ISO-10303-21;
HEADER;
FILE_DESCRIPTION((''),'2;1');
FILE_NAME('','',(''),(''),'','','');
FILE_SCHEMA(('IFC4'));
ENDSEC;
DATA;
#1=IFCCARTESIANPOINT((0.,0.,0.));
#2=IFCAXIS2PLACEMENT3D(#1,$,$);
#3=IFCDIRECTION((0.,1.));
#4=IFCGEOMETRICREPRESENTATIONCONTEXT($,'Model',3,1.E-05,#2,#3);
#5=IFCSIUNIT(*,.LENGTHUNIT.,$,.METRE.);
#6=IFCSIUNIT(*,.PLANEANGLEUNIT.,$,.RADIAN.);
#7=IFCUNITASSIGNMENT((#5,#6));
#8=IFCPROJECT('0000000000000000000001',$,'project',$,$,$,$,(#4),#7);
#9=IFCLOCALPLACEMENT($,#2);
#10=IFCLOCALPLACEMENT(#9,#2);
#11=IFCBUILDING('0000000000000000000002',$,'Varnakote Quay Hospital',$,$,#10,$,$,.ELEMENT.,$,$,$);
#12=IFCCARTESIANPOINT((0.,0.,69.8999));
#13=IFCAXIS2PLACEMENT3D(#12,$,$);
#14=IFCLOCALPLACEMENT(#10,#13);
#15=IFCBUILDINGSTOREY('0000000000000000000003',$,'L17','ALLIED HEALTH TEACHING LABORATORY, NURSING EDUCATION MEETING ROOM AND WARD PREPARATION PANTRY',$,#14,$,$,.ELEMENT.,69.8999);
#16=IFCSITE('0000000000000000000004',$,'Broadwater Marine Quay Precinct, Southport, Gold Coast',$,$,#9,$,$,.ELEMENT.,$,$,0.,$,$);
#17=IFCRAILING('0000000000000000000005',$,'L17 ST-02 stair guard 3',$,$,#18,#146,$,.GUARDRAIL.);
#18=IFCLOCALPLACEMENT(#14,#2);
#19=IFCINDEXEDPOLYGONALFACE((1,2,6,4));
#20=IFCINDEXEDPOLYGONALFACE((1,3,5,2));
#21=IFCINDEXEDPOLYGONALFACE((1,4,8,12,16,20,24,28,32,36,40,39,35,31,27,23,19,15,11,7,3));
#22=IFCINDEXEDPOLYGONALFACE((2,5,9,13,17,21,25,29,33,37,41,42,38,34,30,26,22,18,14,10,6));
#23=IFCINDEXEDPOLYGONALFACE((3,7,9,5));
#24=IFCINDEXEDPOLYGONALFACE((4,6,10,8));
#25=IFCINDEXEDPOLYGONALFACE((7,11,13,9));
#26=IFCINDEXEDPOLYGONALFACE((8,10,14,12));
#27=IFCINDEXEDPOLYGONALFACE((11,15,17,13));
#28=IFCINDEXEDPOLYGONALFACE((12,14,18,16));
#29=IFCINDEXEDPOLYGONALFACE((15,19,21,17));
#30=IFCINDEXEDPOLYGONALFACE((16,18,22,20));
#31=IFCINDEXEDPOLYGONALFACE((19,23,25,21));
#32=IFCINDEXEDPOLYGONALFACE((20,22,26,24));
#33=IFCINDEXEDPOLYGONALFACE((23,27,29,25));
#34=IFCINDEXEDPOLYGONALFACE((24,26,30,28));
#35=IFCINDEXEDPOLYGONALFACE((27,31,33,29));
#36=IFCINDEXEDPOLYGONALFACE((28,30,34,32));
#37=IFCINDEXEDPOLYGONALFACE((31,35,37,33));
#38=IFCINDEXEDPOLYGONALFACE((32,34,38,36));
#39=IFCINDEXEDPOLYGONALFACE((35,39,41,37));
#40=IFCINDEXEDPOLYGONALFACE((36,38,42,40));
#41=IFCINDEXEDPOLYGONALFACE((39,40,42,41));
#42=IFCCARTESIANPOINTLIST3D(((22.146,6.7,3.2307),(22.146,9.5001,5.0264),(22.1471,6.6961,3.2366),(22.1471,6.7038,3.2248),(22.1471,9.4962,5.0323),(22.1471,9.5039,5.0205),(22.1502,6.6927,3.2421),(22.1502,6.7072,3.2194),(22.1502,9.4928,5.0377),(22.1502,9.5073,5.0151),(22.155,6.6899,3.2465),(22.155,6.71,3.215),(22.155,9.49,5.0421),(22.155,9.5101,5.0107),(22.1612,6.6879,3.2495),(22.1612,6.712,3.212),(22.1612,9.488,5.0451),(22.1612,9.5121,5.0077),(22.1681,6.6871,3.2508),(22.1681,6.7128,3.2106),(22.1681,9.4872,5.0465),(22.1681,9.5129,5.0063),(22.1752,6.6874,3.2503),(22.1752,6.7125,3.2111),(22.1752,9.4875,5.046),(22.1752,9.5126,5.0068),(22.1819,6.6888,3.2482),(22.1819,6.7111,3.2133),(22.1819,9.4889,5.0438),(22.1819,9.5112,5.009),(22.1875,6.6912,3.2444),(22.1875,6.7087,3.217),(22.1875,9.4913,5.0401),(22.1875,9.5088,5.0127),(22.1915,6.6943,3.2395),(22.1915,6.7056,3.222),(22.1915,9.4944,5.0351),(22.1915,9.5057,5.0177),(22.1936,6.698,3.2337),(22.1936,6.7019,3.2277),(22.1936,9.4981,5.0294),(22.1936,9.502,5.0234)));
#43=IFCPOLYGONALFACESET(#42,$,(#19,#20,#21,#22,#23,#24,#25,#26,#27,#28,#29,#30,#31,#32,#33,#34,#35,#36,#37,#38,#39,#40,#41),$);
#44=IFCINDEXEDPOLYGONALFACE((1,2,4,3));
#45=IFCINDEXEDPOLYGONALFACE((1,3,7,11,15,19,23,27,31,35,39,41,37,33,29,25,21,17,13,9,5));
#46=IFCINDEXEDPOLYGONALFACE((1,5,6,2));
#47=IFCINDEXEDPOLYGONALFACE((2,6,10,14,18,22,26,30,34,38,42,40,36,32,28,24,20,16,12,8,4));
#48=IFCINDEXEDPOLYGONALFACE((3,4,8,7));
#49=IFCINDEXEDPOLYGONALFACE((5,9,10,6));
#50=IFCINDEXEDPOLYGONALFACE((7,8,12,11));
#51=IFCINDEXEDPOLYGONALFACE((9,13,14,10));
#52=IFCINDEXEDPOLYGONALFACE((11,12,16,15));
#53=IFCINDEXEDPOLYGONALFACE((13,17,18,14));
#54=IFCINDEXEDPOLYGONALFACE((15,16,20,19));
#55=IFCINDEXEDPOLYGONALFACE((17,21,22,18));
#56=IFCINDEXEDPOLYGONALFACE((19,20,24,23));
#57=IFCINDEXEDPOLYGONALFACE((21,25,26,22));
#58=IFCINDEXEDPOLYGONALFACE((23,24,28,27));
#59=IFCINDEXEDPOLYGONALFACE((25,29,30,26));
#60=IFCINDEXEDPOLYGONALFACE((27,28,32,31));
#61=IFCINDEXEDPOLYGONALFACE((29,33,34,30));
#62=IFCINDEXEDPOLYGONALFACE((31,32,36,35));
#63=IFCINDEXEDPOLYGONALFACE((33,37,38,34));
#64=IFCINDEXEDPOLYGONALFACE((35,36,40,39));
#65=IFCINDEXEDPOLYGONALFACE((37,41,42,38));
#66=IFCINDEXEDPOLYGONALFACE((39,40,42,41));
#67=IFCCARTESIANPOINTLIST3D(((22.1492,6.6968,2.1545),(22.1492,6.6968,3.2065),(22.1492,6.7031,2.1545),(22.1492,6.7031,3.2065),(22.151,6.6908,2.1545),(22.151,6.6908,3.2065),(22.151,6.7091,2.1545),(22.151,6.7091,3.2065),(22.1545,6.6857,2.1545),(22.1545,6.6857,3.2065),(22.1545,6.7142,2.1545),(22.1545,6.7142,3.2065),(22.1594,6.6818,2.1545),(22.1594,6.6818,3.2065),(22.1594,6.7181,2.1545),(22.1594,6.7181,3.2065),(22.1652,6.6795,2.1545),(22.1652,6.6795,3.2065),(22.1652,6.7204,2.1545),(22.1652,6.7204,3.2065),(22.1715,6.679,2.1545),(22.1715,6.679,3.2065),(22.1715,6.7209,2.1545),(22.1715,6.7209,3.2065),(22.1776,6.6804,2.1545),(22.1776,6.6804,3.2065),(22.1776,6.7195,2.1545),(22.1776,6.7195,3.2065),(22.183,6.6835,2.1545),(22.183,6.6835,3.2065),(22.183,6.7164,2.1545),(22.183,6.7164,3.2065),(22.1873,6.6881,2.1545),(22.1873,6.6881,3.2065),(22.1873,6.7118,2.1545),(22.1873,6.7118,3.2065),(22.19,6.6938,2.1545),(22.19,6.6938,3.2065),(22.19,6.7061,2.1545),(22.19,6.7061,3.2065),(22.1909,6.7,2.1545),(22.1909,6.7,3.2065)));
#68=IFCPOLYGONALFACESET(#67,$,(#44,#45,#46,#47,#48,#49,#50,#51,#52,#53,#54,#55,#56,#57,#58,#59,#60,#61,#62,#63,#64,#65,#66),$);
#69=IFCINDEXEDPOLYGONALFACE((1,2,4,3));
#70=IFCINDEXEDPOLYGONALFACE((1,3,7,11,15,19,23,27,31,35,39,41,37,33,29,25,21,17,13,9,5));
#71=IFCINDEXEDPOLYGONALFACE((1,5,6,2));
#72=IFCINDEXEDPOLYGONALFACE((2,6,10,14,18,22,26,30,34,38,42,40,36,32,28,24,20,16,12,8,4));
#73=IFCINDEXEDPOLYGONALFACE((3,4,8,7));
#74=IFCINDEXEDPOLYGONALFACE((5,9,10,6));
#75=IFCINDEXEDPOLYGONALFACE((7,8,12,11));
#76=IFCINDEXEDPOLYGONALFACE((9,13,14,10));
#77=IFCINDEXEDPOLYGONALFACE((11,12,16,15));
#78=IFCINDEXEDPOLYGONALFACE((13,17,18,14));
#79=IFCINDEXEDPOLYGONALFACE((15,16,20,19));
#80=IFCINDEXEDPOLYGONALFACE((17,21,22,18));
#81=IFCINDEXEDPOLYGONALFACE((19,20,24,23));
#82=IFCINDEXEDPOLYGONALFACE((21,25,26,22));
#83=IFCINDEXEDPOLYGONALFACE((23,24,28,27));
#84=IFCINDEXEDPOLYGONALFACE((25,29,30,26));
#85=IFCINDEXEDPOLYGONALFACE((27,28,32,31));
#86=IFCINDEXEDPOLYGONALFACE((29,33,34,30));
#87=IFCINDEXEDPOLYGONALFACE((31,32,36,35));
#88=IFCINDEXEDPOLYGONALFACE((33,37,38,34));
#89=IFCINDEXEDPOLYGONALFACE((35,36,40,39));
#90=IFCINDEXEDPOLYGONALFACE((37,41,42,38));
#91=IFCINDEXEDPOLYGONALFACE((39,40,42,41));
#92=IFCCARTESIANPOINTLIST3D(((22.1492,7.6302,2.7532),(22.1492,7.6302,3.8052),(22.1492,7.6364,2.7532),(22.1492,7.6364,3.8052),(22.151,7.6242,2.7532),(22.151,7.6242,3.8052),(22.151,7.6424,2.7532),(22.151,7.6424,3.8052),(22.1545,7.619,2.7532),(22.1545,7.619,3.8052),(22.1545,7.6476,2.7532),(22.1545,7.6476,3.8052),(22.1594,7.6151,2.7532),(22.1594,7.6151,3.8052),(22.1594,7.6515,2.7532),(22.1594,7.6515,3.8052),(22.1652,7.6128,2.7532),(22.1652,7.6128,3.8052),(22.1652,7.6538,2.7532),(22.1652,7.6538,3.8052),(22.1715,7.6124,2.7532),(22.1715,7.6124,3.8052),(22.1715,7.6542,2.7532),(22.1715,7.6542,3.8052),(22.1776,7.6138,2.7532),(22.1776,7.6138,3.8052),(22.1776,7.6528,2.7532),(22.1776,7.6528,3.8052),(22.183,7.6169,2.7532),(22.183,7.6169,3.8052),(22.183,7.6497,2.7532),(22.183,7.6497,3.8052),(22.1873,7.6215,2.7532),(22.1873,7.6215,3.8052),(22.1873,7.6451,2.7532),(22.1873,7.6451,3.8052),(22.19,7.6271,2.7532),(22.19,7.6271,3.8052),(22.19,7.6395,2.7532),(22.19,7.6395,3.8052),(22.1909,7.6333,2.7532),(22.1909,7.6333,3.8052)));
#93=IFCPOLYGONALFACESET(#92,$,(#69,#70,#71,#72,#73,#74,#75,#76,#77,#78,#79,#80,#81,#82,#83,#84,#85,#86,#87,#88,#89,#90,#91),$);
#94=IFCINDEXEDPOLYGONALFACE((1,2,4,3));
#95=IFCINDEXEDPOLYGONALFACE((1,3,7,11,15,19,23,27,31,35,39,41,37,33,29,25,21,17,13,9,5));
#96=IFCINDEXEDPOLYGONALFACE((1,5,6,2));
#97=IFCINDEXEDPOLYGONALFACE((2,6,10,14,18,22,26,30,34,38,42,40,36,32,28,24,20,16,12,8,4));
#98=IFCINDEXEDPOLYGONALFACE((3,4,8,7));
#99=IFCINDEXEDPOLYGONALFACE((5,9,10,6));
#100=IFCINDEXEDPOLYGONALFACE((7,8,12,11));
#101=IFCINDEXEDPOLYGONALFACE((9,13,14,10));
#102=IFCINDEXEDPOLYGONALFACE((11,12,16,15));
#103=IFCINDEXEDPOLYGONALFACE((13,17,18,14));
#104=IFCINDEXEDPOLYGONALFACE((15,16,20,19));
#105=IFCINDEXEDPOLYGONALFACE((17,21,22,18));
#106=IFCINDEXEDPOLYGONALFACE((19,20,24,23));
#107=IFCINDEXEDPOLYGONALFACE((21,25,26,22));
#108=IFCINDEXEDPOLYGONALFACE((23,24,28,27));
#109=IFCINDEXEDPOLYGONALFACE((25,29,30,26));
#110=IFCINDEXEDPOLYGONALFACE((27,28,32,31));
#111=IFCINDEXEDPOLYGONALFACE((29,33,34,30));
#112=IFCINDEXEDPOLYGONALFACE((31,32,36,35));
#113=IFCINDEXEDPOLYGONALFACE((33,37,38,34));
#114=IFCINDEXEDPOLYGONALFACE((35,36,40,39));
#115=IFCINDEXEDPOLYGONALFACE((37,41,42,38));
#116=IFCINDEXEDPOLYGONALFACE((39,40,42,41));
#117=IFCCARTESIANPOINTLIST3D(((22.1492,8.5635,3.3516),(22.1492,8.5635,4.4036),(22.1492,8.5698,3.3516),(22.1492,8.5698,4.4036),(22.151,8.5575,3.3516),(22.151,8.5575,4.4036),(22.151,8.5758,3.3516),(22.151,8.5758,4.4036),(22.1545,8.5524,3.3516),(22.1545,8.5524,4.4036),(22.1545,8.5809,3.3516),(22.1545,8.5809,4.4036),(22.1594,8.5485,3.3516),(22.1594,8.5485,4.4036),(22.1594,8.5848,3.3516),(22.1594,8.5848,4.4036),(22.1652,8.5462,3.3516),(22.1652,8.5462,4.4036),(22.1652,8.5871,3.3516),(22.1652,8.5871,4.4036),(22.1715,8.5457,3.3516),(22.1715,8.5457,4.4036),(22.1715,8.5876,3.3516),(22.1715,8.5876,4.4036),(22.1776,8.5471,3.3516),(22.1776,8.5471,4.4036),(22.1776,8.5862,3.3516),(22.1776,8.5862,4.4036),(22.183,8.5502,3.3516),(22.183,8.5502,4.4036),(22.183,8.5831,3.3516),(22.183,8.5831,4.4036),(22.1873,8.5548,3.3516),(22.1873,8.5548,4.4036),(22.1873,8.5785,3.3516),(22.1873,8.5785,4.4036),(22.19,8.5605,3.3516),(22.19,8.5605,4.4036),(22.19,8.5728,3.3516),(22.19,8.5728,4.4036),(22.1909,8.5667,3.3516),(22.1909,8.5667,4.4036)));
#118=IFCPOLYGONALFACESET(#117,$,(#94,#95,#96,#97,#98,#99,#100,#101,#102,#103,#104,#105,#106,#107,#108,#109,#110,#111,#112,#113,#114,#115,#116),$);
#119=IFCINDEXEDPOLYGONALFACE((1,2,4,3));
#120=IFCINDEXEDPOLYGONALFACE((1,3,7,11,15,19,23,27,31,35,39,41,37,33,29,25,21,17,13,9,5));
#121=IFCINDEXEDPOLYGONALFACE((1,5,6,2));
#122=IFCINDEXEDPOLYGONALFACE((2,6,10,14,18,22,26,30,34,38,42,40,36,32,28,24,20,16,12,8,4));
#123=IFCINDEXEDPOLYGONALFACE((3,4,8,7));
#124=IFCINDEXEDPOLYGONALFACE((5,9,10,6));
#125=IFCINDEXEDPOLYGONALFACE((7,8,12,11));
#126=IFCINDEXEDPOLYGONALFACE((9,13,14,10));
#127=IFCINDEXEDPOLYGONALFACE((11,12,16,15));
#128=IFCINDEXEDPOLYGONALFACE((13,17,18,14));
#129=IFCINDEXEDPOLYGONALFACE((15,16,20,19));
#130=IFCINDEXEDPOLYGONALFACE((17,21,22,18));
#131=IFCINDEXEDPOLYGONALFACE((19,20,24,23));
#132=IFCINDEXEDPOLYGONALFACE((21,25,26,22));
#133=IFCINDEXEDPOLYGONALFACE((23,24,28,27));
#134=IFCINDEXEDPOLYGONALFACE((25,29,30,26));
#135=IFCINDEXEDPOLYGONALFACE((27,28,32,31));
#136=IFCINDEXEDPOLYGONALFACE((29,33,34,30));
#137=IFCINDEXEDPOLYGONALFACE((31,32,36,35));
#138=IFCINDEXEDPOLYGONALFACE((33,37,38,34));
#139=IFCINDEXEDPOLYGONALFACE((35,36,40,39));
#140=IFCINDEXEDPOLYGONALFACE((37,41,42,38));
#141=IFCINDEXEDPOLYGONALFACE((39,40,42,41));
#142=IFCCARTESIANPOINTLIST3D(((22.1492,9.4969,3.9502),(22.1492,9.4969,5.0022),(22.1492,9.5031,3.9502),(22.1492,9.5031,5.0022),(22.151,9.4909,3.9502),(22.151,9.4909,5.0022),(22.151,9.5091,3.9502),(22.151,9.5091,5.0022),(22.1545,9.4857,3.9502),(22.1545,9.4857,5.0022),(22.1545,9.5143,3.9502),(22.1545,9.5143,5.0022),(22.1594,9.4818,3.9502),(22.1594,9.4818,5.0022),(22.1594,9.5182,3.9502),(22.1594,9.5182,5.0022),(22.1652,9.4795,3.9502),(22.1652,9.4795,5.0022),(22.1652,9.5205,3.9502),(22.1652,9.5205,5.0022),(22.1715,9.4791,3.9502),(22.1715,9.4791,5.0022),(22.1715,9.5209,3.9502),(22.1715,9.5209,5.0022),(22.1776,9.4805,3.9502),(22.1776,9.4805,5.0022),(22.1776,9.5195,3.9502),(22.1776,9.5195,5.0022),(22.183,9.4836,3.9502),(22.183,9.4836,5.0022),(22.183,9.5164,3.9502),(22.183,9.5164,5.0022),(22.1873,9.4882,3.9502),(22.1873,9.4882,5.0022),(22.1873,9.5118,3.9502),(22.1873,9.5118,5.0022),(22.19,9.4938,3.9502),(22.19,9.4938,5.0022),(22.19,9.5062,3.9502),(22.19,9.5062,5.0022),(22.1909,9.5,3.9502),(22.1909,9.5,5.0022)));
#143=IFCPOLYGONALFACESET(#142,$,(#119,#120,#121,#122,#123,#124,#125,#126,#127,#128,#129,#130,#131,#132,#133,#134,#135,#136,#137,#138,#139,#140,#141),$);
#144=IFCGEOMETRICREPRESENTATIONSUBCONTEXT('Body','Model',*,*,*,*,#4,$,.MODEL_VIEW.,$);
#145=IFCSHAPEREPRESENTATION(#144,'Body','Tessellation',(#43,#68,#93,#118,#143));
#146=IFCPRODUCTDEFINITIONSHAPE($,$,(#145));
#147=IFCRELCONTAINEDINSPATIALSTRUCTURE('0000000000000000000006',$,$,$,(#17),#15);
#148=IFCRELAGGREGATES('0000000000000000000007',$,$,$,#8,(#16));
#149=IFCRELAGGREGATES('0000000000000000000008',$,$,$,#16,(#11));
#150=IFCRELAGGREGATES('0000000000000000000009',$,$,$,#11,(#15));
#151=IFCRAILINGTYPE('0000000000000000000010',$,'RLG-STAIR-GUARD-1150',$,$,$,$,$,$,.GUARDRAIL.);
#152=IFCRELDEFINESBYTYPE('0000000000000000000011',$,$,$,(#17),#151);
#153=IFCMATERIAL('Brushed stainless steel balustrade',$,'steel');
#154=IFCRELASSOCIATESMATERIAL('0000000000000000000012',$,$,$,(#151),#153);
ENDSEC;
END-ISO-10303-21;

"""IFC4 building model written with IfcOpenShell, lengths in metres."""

from ifc_helpers import new_model, si_unit, direction, frame, origin, origin_2d, place, context, subcontext, project, spatial, circle, extrude, material, type_object, element, save


model = new_model("IFC4")

# Units and contexts
model_context = context("Model", 3, precision=1e-05, world=origin(), true_north=direction((0.0, 1.0)))
body_context = subcontext(model_context, "Body", "Model", "MODEL_VIEW")
ifc_project = project(units=[si_unit("LENGTHUNIT", "METRE"), si_unit("PLANEANGLEUNIT", "RADIAN")], contexts=[model_context])

# Site, building, storey
site_placement = place(None, origin())
site = spatial("IfcSite", under=ifc_project, at=site_placement, Name="Broadwater Marine Quay Precinct, Southport, Gold Coast", CompositionType="ELEMENT", RefElevation=0.0)
building_placement = place(site_placement, origin())
building = spatial("IfcBuilding", under=site, at=building_placement, Name="Varnakote Quay Hospital", CompositionType="ELEMENT")
storey_placement = place(building_placement, frame((0.0, 0.0, 69.8999)))
storey = spatial("IfcBuildingStorey", under=building, at=storey_placement, Name="L17", Description="ALLIED HEALTH TEACHING LABORATORY, NURSING EDUCATION MEETING ROOM AND WARD PREPARATION PANTRY", CompositionType="ELEMENT", Elevation=69.8999)

# Railing
ifc_material_1 = material(Name="Brushed stainless steel balustrade", Category="steel")
railing_type_1 = type_object("IfcRailingType", Name="RLG-STAIR-GUARD-1150", PredefinedType="GUARDRAIL", material=ifc_material_1)
railing_1_placement = place(storey_placement, frame((22.1699, 6.7, 2.1545)))
element("IfcRailing", 1, at=railing_1_placement, inside=storey, type_object=railing_type_1, Name="L17 ST-02 stair guard 3", PredefinedType="GUARDRAIL", context=body_context, shape_type="SweptSolid", body=[
    extrude(circle(Radius=0.0239, at=origin_2d()), frame((0.0, 0.0, 1.0762), z_axis=(0.0, 0.841777, 0.539826), x_axis=(-1.0, 0.0, 0.0)), (0.0, 0.0, 1.0), 3.3264),
    extrude(circle(Radius=0.021, at=origin_2d()), origin(), (0.0, 0.0, 1.0), 1.052),
    extrude(circle(Radius=0.021, at=origin_2d()), frame((0.0, 0.9333, 0.5986)), (0.0, 0.0, 1.0), 1.052),
    extrude(circle(Radius=0.021, at=origin_2d()), frame((0.0, 1.8667, 1.197)), (0.0, 0.0, 1.0), 1.052),
    extrude(circle(Radius=0.021, at=origin_2d()), frame((0.0, 2.8, 1.7957)), (0.0, 0.0, 1.0), 1.052),
])

save(model, "model.ifc")
